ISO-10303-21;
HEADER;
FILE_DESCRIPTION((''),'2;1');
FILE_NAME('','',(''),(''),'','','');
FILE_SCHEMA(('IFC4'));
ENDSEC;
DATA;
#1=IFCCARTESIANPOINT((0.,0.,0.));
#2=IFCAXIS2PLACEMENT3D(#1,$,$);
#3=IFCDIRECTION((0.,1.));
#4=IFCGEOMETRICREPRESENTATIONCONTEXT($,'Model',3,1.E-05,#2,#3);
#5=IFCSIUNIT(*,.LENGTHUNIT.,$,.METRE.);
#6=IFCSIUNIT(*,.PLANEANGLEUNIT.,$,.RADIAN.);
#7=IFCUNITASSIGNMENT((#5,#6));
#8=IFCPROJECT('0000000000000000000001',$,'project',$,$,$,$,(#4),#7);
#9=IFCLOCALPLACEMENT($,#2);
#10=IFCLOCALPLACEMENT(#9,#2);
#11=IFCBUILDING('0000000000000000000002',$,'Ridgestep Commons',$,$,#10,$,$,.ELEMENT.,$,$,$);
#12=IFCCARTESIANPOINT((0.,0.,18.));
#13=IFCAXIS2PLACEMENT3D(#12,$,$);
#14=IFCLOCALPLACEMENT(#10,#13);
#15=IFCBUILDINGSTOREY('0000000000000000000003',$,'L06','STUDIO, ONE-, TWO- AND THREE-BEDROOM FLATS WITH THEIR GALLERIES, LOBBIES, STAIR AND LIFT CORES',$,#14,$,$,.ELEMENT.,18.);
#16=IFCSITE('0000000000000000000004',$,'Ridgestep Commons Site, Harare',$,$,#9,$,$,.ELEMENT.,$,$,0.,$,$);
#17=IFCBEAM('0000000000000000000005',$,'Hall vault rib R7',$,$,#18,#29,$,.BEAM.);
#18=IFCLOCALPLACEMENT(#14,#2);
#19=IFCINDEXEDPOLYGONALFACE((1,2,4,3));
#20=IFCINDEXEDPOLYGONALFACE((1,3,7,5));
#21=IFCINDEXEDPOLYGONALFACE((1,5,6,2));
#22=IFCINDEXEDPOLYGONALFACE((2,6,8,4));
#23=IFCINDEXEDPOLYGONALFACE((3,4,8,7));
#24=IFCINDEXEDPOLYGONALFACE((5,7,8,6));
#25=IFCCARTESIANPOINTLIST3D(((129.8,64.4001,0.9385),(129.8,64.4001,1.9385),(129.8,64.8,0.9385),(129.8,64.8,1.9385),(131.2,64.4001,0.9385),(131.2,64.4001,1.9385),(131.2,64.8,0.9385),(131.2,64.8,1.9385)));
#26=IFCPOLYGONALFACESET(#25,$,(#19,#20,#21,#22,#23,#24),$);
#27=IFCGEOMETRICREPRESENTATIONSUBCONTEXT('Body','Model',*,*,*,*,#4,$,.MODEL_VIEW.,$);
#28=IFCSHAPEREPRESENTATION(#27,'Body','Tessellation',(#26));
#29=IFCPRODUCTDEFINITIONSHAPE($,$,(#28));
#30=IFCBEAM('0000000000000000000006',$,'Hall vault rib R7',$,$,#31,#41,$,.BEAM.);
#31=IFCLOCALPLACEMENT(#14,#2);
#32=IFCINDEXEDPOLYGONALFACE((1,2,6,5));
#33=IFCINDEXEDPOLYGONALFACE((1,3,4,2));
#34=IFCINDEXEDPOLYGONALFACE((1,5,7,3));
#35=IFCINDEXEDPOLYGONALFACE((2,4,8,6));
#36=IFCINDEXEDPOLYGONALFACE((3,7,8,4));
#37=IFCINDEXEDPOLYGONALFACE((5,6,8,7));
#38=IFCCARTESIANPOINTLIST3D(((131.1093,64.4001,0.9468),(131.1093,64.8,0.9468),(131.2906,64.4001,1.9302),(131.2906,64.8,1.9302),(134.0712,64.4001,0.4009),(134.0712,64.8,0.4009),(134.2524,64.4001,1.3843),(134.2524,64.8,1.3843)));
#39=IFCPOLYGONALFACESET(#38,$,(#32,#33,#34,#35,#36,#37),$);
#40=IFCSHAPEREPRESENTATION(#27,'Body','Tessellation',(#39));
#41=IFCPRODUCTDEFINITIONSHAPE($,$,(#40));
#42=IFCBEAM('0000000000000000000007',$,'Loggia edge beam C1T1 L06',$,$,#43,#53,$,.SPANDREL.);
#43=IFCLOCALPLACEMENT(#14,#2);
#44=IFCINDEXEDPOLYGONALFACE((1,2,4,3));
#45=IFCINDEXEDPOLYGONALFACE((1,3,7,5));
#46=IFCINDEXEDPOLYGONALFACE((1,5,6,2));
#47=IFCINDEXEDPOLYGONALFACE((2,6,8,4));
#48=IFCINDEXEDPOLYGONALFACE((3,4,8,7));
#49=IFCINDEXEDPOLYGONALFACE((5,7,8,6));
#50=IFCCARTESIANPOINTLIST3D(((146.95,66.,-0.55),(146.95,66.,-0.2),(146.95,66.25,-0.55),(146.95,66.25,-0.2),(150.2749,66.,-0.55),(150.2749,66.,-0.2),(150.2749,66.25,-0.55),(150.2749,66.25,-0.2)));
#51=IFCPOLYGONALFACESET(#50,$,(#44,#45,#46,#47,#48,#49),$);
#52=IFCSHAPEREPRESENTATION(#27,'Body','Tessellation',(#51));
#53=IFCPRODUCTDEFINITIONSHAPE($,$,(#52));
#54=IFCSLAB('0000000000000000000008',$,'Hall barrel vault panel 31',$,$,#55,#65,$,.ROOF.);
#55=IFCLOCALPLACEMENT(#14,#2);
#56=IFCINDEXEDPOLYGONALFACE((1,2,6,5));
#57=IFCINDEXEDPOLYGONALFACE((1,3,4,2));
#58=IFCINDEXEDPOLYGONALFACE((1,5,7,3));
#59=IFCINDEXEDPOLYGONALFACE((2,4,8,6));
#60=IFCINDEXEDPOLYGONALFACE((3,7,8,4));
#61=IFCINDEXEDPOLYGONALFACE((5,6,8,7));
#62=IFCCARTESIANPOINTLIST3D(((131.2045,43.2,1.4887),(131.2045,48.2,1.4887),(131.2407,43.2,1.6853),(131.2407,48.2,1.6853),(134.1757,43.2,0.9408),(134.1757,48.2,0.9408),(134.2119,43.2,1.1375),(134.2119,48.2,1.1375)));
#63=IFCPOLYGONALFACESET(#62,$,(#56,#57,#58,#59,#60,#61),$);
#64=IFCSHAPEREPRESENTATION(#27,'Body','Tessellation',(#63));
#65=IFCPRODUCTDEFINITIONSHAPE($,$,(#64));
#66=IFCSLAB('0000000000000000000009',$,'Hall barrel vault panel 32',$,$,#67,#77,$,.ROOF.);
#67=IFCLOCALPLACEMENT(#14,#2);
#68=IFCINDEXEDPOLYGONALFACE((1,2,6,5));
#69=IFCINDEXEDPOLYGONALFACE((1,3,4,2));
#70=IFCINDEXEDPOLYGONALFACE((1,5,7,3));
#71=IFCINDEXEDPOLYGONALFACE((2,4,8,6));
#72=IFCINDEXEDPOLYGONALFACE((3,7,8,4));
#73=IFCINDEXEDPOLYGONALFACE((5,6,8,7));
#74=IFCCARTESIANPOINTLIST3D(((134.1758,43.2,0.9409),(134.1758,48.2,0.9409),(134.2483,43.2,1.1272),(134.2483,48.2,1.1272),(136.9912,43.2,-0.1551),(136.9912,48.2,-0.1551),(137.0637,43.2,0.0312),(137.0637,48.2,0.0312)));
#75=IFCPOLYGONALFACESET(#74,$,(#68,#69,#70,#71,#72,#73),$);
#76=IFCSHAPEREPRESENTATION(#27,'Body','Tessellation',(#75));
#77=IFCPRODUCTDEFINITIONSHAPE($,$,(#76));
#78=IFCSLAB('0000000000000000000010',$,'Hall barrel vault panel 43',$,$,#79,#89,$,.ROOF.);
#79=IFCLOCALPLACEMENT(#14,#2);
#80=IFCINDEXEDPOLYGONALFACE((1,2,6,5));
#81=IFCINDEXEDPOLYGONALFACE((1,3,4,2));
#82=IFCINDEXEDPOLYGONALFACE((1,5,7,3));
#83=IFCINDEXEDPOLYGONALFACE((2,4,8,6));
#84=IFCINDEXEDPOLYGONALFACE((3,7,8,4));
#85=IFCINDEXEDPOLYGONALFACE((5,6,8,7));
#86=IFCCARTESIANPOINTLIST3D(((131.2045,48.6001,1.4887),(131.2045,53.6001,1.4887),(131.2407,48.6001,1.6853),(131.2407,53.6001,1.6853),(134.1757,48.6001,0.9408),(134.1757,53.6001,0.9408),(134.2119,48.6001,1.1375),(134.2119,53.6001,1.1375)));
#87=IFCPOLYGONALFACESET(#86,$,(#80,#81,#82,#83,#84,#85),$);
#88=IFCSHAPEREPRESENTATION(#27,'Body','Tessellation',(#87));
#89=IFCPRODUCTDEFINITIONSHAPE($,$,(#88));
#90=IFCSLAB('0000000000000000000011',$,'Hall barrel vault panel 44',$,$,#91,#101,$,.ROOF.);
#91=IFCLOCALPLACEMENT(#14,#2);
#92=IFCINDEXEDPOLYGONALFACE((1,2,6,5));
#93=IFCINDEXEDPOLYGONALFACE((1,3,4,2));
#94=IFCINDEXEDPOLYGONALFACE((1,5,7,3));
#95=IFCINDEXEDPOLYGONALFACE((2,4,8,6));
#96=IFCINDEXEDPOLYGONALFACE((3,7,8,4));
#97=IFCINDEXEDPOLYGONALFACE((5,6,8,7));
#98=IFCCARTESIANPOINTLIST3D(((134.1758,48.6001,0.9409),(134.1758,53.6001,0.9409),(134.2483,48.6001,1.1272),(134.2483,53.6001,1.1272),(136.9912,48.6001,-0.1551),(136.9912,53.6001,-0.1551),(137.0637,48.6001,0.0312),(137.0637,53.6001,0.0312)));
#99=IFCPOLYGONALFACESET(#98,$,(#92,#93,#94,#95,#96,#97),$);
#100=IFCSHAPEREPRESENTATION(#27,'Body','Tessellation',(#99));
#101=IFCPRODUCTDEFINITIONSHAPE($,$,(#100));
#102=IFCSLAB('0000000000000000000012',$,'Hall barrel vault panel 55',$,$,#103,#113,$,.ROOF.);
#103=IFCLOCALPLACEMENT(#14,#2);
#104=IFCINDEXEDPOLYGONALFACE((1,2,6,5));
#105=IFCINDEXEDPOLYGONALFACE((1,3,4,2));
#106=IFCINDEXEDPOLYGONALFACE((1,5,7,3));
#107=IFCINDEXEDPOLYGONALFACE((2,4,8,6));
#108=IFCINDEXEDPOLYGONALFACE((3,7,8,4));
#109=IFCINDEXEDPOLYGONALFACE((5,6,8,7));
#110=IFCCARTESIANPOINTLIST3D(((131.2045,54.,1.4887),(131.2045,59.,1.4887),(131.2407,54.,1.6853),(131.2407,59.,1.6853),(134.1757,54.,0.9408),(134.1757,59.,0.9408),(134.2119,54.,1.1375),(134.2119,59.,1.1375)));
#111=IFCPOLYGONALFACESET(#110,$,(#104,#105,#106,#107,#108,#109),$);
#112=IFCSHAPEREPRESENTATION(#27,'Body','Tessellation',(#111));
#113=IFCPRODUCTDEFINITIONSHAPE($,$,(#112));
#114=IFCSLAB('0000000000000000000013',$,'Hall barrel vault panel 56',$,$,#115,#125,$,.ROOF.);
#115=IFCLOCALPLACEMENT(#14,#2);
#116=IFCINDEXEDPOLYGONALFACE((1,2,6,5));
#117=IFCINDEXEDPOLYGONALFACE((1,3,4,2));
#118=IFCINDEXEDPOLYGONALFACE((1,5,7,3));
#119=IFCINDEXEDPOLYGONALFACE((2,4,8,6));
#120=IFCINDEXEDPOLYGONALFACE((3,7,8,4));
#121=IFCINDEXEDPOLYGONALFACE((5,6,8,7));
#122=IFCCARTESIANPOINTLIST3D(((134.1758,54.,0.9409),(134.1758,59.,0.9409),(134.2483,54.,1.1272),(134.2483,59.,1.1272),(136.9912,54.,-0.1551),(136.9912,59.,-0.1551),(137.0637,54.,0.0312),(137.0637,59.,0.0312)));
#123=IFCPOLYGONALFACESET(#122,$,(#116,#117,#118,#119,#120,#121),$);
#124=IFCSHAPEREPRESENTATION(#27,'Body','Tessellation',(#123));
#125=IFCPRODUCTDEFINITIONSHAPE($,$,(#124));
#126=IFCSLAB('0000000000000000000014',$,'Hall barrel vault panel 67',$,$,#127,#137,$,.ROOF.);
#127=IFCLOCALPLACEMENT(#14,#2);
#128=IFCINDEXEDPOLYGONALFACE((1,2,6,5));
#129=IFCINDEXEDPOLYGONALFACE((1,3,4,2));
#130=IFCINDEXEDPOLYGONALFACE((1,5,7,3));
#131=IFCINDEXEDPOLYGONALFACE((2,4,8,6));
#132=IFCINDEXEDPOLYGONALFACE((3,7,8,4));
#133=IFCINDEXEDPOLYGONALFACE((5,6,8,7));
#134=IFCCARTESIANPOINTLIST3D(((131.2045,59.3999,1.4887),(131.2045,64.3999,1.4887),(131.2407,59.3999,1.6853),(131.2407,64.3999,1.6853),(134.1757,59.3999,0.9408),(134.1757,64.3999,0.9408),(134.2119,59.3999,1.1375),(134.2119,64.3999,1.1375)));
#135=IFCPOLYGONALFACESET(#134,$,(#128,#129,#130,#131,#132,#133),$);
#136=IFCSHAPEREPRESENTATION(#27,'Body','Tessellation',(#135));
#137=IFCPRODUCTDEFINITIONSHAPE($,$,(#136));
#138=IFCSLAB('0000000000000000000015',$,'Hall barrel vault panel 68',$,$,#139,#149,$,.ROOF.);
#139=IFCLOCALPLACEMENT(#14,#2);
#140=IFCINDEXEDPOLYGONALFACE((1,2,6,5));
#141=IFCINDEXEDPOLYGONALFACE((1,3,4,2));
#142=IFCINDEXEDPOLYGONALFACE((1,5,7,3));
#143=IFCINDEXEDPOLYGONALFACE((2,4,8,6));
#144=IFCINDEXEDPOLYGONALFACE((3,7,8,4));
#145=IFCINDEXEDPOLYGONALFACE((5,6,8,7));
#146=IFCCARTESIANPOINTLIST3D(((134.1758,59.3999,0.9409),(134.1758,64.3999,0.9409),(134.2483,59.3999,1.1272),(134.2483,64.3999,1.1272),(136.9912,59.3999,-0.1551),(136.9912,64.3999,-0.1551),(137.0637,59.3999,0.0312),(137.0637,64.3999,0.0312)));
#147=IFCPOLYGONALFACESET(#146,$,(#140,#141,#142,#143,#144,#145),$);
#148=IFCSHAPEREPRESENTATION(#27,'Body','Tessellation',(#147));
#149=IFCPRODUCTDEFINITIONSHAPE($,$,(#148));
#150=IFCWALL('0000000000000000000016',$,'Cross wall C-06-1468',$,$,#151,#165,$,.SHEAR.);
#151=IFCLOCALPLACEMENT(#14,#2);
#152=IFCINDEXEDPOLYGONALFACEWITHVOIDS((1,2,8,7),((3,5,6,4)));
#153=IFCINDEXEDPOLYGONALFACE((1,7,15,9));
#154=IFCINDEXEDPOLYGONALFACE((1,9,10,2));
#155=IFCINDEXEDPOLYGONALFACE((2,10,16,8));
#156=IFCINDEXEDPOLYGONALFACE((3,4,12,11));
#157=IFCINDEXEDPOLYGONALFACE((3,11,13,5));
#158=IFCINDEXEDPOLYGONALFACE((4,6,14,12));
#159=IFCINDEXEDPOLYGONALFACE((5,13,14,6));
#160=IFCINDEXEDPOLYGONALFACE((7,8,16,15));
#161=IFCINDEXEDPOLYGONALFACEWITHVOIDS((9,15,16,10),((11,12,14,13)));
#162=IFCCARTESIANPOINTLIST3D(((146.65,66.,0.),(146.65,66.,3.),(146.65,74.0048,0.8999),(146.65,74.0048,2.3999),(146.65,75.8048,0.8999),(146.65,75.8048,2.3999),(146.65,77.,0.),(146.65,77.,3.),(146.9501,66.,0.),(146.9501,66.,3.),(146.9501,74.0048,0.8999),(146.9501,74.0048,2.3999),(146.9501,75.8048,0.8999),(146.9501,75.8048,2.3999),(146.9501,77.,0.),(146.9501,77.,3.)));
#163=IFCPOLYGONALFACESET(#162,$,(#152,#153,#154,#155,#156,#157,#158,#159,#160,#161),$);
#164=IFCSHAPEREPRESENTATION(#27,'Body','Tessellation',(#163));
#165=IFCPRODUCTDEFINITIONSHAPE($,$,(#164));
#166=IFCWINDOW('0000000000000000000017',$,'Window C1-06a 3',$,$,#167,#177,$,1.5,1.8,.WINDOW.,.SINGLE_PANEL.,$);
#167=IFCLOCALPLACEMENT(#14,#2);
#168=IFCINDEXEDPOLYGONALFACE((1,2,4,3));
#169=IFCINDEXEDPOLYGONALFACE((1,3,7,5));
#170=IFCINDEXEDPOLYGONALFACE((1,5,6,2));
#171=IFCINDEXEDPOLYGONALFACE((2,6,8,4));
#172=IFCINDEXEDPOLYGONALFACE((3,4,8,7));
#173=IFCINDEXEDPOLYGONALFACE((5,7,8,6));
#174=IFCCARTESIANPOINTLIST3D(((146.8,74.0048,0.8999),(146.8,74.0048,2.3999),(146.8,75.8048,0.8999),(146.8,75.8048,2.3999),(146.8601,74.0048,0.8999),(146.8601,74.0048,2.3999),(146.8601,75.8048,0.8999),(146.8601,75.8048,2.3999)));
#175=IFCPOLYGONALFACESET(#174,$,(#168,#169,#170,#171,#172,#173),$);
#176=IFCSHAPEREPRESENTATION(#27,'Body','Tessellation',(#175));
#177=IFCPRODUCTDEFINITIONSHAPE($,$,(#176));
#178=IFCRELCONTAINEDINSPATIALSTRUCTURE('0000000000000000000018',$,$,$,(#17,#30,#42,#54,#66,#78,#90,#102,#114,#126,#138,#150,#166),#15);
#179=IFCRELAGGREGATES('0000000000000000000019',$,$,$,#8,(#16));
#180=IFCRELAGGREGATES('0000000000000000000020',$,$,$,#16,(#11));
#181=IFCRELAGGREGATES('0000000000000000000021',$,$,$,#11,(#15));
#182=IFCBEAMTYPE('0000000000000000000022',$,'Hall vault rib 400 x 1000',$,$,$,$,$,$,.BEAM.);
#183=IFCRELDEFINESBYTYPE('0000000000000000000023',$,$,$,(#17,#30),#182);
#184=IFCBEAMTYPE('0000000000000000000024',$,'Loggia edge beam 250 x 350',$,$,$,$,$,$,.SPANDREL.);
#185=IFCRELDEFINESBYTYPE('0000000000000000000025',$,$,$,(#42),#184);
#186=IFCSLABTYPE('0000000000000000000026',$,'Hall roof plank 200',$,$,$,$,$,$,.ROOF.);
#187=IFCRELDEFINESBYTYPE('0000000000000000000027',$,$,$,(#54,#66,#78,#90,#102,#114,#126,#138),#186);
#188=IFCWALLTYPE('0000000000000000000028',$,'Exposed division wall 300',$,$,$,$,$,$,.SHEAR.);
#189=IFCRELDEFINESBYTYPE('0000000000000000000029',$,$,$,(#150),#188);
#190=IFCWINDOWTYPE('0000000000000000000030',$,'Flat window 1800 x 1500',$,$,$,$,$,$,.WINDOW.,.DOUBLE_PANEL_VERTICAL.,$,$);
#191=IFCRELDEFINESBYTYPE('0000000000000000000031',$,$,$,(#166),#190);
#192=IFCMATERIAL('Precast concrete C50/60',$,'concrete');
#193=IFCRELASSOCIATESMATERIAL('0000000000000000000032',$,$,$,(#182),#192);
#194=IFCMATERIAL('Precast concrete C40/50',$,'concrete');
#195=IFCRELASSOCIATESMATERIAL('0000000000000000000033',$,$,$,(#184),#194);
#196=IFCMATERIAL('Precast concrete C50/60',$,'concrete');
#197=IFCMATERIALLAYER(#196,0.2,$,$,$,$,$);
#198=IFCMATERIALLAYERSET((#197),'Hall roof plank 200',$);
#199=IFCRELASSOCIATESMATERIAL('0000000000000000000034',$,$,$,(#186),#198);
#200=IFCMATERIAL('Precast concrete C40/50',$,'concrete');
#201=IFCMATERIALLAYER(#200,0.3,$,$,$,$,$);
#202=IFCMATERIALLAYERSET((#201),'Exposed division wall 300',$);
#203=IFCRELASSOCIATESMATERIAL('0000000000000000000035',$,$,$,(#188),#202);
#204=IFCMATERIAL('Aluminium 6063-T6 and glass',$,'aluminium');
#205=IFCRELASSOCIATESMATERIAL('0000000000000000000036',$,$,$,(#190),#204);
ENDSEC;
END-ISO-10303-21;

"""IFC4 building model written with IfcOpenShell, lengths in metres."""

from ifc_helpers import new_model, si_unit, direction, frame, frame_2d, origin, origin_2d, place, context, subcontext, project, spatial, polyline, rectangle, outline, extrude, material, layer, layer_set, material_profile, profile_set, type_object, element, fill, save


model = new_model("IFC4")

# Units and contexts
model_context = context("Model", 3, precision=1e-05, world=origin(), true_north=direction((0.0, 1.0)))
body_context = subcontext(model_context, "Body", "Model", "MODEL_VIEW")
ifc_project = project(units=[si_unit("LENGTHUNIT", "METRE"), si_unit("PLANEANGLEUNIT", "RADIAN")], contexts=[model_context])

# Site, building, storey
site_placement = place(None, origin())
site = spatial("IfcSite", under=ifc_project, at=site_placement, Name="Ridgestep Commons Site, Harare", CompositionType="ELEMENT", RefElevation=0.0)
building_placement = place(site_placement, origin())
building = spatial("IfcBuilding", under=site, at=building_placement, Name="Ridgestep Commons", CompositionType="ELEMENT")
storey_placement = place(building_placement, frame((0.0, 0.0, 18.0)))
storey = spatial("IfcBuildingStorey", under=building, at=storey_placement, Name="L06", Description="STUDIO, ONE-, TWO- AND THREE-BEDROOM FLATS WITH THEIR GALLERIES, LOBBIES, STAIR AND LIFT CORES", CompositionType="ELEMENT", Elevation=18.0)

# Beams
ifc_material_1 = material(Name="Precast concrete C50/60", Category="concrete")
ifc_material_profile_1 = material_profile(ifc_material_1, rectangle(XDim=0.3999, YDim=1.0, at=origin_2d()), Name="Hall vault rib 400 x 1000")
ifc_profile_set_1 = profile_set([ifc_material_profile_1], Name="Precast concrete C50/60")
beam_type_1 = type_object("IfcBeamType", Name="Hall vault rib 400 x 1000", PredefinedType="BEAM", material=ifc_profile_set_1)
beam_1_placement = place(storey_placement, frame((129.8, 64.6001, 1.4385), z_axis=(1.0, 0.0, 0.0), x_axis=(0.0, 1.0, 0.0)))
element("IfcBeam", 1, at=beam_1_placement, inside=storey, type_object=beam_type_1, Name="Hall vault rib R7", PredefinedType="BEAM", context=body_context, shape_type="SweptSolid", body=[
    extrude(rectangle(XDim=0.3999, YDim=1.0, at=origin_2d()), origin(), (0.0, 0.0, 1.0), 1.3999),
])
beam_2_placement = place(storey_placement, frame((131.2, 64.6001, 1.4385), z_axis=(0.983436, 0.0, -0.181253), x_axis=(0.0, 1.0, 0.0)))
element("IfcBeam", 2, at=beam_2_placement, inside=storey, type_object=beam_type_1, Name="Hall vault rib R7", PredefinedType="BEAM", context=body_context, shape_type="SweptSolid", body=[
    extrude(rectangle(XDim=0.3999, YDim=1.0, at=origin_2d()), origin(), (0.0, 0.0, 1.0), 3.0117),
])
ifc_material_2 = material(Name="Precast concrete C40/50", Category="concrete")
ifc_material_profile_2 = material_profile(ifc_material_2, rectangle(XDim=0.25, YDim=0.3501, at=origin_2d()), Name="PC 250x350")
ifc_profile_set_2 = profile_set([ifc_material_profile_2], Name="Precast concrete C40/50")
beam_type_2 = type_object("IfcBeamType", Name="Loggia edge beam 250 x 350", PredefinedType="SPANDREL", material=ifc_profile_set_2)
beam_3_placement = place(storey_placement, frame((146.95, 66.125, -0.375), z_axis=(1.0, 0.0, 0.0), x_axis=(0.0, 1.0, 0.0)))
element("IfcBeam", 3, at=beam_3_placement, inside=storey, type_object=beam_type_2, Name="Loggia edge beam C1T1 L06", PredefinedType="SPANDREL", context=body_context, shape_type="SweptSolid", body=[
    extrude(rectangle(XDim=0.25, YDim=0.3501, at=origin_2d()), origin(), (0.0, 0.0, 1.0), 3.325),
])

# Slabs
ifc_material_3 = material(Name="Precast concrete C50/60", Category="concrete")
ifc_layer_1 = layer(ifc_material_3, 0.2)
ifc_layer_set_1 = layer_set([ifc_layer_1], Name="Hall roof plank 200")
slab_type = type_object("IfcSlabType", Name="Hall roof plank 200", PredefinedType="ROOF", material=ifc_layer_set_1)
slab_1_placement = place(storey_placement, frame((131.2407, 43.2, 1.6853), z_axis=(0.181331, 0.0, 0.983422), x_axis=(0.983422, 0.0, -0.181331)))
element("IfcSlab", 4, at=slab_1_placement, inside=storey, type_object=slab_type, Name="Hall barrel vault panel 31", PredefinedType="ROOF", context=body_context, shape_type="SweptSolid", body=[
    extrude(outline(polyline([(0.0, 0.0), (3.0213, 0.0), (3.0213, 5.0), (0.0, 5.0), (0.0, 0.0)])), origin(), (0.0, 0.0, -1.0), 0.2),
])
slab_2_placement = place(storey_placement, frame((134.2483, 43.2, 1.1272), z_axis=(0.36275, 0.0, 0.931886), x_axis=(0.931886, 0.0, -0.36275)))
element("IfcSlab", 5, at=slab_2_placement, inside=storey, type_object=slab_type, Name="Hall barrel vault panel 32", PredefinedType="ROOF", context=body_context, shape_type="SweptSolid", body=[
    extrude(outline(polyline([(0.0, 0.0), (3.0212, 0.0), (3.0212, 5.0), (0.0, 5.0), (0.0, 0.0)])), origin(), (0.0, 0.0, -1.0), 0.2),
])
slab_3_placement = place(storey_placement, frame((131.2407, 48.6001, 1.6853), z_axis=(0.181331, 0.0, 0.983422), x_axis=(0.983422, 0.0, -0.181331)))
element("IfcSlab", 6, at=slab_3_placement, inside=storey, type_object=slab_type, Name="Hall barrel vault panel 43", PredefinedType="ROOF", context=body_context, shape_type="SweptSolid", body=[
    extrude(outline(polyline([(0.0, 0.0), (3.0213, 0.0), (3.0213, 5.0), (0.0, 5.0), (0.0, 0.0)])), origin(), (0.0, 0.0, -1.0), 0.2),
])
slab_4_placement = place(storey_placement, frame((134.2483, 48.6001, 1.1272), z_axis=(0.36275, 0.0, 0.931886), x_axis=(0.931886, 0.0, -0.36275)))
element("IfcSlab", 7, at=slab_4_placement, inside=storey, type_object=slab_type, Name="Hall barrel vault panel 44", PredefinedType="ROOF", context=body_context, shape_type="SweptSolid", body=[
    extrude(outline(polyline([(0.0, 0.0), (3.0212, 0.0), (3.0212, 5.0), (0.0, 5.0), (0.0, 0.0)])), origin(), (0.0, 0.0, -1.0), 0.2),
])
slab_5_placement = place(storey_placement, frame((131.2407, 54.0, 1.6853), z_axis=(0.181331, 0.0, 0.983422), x_axis=(0.983422, 0.0, -0.181331)))
element("IfcSlab", 8, at=slab_5_placement, inside=storey, type_object=slab_type, Name="Hall barrel vault panel 55", PredefinedType="ROOF", context=body_context, shape_type="SweptSolid", body=[
    extrude(outline(polyline([(0.0, 0.0), (3.0213, 0.0), (3.0213, 5.0), (0.0, 5.0), (0.0, 0.0)])), origin(), (0.0, 0.0, -1.0), 0.2),
])
slab_6_placement = place(storey_placement, frame((134.2483, 54.0, 1.1272), z_axis=(0.36275, 0.0, 0.931886), x_axis=(0.931886, 0.0, -0.36275)))
element("IfcSlab", 9, at=slab_6_placement, inside=storey, type_object=slab_type, Name="Hall barrel vault panel 56", PredefinedType="ROOF", context=body_context, shape_type="SweptSolid", body=[
    extrude(outline(polyline([(0.0, 0.0), (3.0212, 0.0), (3.0212, 5.0), (0.0, 5.0), (0.0, 0.0)])), origin(), (0.0, 0.0, -1.0), 0.2),
])
slab_7_placement = place(storey_placement, frame((131.2407, 59.3999, 1.6853), z_axis=(0.181331, 0.0, 0.983422), x_axis=(0.983422, 0.0, -0.181331)))
element("IfcSlab", 10, at=slab_7_placement, inside=storey, type_object=slab_type, Name="Hall barrel vault panel 67", PredefinedType="ROOF", context=body_context, shape_type="SweptSolid", body=[
    extrude(outline(polyline([(0.0, 0.0), (3.0213, 0.0), (3.0213, 5.0), (0.0, 5.0), (0.0, 0.0)])), origin(), (0.0, 0.0, -1.0), 0.2),
])
slab_8_placement = place(storey_placement, frame((134.2483, 59.3999, 1.1272), z_axis=(0.36275, 0.0, 0.931886), x_axis=(0.931886, 0.0, -0.36275)))
element("IfcSlab", 11, at=slab_8_placement, inside=storey, type_object=slab_type, Name="Hall barrel vault panel 68", PredefinedType="ROOF", context=body_context, shape_type="SweptSolid", body=[
    extrude(outline(polyline([(0.0, 0.0), (3.0212, 0.0), (3.0212, 5.0), (0.0, 5.0), (0.0, 0.0)])), origin(), (0.0, 0.0, -1.0), 0.2),
])

# Wall, opening, window
ifc_material_4 = material(Name="Precast concrete C40/50", Category="concrete")
ifc_layer_2 = layer(ifc_material_4, 0.3)
ifc_layer_set_2 = layer_set([ifc_layer_2], Name="Exposed division wall 300")
wall_type = type_object("IfcWallType", Name="Exposed division wall 300", PredefinedType="SHEAR", material=ifc_layer_set_2)
wall_placement = place(storey_placement, frame((146.8, 66.0, 0.0), z_axis=(0.0, 0.0, 1.0), x_axis=(0.0, 1.0, 0.0)))
wall = element("IfcWall", 12, at=wall_placement, inside=storey, type_object=wall_type, Name="Cross wall C-06-1468", PredefinedType="SHEAR", context=body_context, shape_type="SweptSolid", body=[
    extrude(rectangle(XDim=11.0, YDim=0.3, at=frame_2d((5.5, 0.0))), origin(), (0.0, 0.0, 1.0), 3.0),
])
opening_placement = place(wall_placement, frame((8.0049, 0.0, 0.8999)))
opening = element("IfcOpeningElement", 13, at=opening_placement, cuts=wall, PredefinedType="OPENING", context=body_context, shape_type="SweptSolid", body=[
    extrude(rectangle(XDim=1.8, YDim=1.5, at=frame_2d((0.8999, 0.75))), frame((0.0, 0.1599, 0.0), z_axis=(0.0, -1.0, 0.0), x_axis=(1.0, 0.0, 0.0)), (0.0, 0.0, 1.0), 0.3201),
])
ifc_material_5 = material(Name="Aluminium 6063-T6 and glass", Category="aluminium")
window_type = type_object("IfcWindowType", Name="Flat window 1800 x 1500", PartitioningType="DOUBLE_PANEL_VERTICAL", PredefinedType="WINDOW", material=ifc_material_5)
window_placement = place(opening_placement, origin())
window = element("IfcWindow", 14, at=window_placement, inside=storey, type_object=window_type, Name="Window C1-06a 3", OverallHeight=1.5, OverallWidth=1.8, PartitioningType="SINGLE_PANEL", PredefinedType="WINDOW", context=body_context, shape_type="SweptSolid", body=[
    extrude(rectangle(XDim=1.8, YDim=1.5, at=frame_2d((0.8999, 0.75))), frame((0.0, 0.0, 0.0), z_axis=(0.0, -1.0, 0.0), x_axis=(1.0, 0.0, 0.0)), (0.0, 0.0, 1.0), 0.0601),
])
fill(opening, window)

save(model, "model.ifc")
